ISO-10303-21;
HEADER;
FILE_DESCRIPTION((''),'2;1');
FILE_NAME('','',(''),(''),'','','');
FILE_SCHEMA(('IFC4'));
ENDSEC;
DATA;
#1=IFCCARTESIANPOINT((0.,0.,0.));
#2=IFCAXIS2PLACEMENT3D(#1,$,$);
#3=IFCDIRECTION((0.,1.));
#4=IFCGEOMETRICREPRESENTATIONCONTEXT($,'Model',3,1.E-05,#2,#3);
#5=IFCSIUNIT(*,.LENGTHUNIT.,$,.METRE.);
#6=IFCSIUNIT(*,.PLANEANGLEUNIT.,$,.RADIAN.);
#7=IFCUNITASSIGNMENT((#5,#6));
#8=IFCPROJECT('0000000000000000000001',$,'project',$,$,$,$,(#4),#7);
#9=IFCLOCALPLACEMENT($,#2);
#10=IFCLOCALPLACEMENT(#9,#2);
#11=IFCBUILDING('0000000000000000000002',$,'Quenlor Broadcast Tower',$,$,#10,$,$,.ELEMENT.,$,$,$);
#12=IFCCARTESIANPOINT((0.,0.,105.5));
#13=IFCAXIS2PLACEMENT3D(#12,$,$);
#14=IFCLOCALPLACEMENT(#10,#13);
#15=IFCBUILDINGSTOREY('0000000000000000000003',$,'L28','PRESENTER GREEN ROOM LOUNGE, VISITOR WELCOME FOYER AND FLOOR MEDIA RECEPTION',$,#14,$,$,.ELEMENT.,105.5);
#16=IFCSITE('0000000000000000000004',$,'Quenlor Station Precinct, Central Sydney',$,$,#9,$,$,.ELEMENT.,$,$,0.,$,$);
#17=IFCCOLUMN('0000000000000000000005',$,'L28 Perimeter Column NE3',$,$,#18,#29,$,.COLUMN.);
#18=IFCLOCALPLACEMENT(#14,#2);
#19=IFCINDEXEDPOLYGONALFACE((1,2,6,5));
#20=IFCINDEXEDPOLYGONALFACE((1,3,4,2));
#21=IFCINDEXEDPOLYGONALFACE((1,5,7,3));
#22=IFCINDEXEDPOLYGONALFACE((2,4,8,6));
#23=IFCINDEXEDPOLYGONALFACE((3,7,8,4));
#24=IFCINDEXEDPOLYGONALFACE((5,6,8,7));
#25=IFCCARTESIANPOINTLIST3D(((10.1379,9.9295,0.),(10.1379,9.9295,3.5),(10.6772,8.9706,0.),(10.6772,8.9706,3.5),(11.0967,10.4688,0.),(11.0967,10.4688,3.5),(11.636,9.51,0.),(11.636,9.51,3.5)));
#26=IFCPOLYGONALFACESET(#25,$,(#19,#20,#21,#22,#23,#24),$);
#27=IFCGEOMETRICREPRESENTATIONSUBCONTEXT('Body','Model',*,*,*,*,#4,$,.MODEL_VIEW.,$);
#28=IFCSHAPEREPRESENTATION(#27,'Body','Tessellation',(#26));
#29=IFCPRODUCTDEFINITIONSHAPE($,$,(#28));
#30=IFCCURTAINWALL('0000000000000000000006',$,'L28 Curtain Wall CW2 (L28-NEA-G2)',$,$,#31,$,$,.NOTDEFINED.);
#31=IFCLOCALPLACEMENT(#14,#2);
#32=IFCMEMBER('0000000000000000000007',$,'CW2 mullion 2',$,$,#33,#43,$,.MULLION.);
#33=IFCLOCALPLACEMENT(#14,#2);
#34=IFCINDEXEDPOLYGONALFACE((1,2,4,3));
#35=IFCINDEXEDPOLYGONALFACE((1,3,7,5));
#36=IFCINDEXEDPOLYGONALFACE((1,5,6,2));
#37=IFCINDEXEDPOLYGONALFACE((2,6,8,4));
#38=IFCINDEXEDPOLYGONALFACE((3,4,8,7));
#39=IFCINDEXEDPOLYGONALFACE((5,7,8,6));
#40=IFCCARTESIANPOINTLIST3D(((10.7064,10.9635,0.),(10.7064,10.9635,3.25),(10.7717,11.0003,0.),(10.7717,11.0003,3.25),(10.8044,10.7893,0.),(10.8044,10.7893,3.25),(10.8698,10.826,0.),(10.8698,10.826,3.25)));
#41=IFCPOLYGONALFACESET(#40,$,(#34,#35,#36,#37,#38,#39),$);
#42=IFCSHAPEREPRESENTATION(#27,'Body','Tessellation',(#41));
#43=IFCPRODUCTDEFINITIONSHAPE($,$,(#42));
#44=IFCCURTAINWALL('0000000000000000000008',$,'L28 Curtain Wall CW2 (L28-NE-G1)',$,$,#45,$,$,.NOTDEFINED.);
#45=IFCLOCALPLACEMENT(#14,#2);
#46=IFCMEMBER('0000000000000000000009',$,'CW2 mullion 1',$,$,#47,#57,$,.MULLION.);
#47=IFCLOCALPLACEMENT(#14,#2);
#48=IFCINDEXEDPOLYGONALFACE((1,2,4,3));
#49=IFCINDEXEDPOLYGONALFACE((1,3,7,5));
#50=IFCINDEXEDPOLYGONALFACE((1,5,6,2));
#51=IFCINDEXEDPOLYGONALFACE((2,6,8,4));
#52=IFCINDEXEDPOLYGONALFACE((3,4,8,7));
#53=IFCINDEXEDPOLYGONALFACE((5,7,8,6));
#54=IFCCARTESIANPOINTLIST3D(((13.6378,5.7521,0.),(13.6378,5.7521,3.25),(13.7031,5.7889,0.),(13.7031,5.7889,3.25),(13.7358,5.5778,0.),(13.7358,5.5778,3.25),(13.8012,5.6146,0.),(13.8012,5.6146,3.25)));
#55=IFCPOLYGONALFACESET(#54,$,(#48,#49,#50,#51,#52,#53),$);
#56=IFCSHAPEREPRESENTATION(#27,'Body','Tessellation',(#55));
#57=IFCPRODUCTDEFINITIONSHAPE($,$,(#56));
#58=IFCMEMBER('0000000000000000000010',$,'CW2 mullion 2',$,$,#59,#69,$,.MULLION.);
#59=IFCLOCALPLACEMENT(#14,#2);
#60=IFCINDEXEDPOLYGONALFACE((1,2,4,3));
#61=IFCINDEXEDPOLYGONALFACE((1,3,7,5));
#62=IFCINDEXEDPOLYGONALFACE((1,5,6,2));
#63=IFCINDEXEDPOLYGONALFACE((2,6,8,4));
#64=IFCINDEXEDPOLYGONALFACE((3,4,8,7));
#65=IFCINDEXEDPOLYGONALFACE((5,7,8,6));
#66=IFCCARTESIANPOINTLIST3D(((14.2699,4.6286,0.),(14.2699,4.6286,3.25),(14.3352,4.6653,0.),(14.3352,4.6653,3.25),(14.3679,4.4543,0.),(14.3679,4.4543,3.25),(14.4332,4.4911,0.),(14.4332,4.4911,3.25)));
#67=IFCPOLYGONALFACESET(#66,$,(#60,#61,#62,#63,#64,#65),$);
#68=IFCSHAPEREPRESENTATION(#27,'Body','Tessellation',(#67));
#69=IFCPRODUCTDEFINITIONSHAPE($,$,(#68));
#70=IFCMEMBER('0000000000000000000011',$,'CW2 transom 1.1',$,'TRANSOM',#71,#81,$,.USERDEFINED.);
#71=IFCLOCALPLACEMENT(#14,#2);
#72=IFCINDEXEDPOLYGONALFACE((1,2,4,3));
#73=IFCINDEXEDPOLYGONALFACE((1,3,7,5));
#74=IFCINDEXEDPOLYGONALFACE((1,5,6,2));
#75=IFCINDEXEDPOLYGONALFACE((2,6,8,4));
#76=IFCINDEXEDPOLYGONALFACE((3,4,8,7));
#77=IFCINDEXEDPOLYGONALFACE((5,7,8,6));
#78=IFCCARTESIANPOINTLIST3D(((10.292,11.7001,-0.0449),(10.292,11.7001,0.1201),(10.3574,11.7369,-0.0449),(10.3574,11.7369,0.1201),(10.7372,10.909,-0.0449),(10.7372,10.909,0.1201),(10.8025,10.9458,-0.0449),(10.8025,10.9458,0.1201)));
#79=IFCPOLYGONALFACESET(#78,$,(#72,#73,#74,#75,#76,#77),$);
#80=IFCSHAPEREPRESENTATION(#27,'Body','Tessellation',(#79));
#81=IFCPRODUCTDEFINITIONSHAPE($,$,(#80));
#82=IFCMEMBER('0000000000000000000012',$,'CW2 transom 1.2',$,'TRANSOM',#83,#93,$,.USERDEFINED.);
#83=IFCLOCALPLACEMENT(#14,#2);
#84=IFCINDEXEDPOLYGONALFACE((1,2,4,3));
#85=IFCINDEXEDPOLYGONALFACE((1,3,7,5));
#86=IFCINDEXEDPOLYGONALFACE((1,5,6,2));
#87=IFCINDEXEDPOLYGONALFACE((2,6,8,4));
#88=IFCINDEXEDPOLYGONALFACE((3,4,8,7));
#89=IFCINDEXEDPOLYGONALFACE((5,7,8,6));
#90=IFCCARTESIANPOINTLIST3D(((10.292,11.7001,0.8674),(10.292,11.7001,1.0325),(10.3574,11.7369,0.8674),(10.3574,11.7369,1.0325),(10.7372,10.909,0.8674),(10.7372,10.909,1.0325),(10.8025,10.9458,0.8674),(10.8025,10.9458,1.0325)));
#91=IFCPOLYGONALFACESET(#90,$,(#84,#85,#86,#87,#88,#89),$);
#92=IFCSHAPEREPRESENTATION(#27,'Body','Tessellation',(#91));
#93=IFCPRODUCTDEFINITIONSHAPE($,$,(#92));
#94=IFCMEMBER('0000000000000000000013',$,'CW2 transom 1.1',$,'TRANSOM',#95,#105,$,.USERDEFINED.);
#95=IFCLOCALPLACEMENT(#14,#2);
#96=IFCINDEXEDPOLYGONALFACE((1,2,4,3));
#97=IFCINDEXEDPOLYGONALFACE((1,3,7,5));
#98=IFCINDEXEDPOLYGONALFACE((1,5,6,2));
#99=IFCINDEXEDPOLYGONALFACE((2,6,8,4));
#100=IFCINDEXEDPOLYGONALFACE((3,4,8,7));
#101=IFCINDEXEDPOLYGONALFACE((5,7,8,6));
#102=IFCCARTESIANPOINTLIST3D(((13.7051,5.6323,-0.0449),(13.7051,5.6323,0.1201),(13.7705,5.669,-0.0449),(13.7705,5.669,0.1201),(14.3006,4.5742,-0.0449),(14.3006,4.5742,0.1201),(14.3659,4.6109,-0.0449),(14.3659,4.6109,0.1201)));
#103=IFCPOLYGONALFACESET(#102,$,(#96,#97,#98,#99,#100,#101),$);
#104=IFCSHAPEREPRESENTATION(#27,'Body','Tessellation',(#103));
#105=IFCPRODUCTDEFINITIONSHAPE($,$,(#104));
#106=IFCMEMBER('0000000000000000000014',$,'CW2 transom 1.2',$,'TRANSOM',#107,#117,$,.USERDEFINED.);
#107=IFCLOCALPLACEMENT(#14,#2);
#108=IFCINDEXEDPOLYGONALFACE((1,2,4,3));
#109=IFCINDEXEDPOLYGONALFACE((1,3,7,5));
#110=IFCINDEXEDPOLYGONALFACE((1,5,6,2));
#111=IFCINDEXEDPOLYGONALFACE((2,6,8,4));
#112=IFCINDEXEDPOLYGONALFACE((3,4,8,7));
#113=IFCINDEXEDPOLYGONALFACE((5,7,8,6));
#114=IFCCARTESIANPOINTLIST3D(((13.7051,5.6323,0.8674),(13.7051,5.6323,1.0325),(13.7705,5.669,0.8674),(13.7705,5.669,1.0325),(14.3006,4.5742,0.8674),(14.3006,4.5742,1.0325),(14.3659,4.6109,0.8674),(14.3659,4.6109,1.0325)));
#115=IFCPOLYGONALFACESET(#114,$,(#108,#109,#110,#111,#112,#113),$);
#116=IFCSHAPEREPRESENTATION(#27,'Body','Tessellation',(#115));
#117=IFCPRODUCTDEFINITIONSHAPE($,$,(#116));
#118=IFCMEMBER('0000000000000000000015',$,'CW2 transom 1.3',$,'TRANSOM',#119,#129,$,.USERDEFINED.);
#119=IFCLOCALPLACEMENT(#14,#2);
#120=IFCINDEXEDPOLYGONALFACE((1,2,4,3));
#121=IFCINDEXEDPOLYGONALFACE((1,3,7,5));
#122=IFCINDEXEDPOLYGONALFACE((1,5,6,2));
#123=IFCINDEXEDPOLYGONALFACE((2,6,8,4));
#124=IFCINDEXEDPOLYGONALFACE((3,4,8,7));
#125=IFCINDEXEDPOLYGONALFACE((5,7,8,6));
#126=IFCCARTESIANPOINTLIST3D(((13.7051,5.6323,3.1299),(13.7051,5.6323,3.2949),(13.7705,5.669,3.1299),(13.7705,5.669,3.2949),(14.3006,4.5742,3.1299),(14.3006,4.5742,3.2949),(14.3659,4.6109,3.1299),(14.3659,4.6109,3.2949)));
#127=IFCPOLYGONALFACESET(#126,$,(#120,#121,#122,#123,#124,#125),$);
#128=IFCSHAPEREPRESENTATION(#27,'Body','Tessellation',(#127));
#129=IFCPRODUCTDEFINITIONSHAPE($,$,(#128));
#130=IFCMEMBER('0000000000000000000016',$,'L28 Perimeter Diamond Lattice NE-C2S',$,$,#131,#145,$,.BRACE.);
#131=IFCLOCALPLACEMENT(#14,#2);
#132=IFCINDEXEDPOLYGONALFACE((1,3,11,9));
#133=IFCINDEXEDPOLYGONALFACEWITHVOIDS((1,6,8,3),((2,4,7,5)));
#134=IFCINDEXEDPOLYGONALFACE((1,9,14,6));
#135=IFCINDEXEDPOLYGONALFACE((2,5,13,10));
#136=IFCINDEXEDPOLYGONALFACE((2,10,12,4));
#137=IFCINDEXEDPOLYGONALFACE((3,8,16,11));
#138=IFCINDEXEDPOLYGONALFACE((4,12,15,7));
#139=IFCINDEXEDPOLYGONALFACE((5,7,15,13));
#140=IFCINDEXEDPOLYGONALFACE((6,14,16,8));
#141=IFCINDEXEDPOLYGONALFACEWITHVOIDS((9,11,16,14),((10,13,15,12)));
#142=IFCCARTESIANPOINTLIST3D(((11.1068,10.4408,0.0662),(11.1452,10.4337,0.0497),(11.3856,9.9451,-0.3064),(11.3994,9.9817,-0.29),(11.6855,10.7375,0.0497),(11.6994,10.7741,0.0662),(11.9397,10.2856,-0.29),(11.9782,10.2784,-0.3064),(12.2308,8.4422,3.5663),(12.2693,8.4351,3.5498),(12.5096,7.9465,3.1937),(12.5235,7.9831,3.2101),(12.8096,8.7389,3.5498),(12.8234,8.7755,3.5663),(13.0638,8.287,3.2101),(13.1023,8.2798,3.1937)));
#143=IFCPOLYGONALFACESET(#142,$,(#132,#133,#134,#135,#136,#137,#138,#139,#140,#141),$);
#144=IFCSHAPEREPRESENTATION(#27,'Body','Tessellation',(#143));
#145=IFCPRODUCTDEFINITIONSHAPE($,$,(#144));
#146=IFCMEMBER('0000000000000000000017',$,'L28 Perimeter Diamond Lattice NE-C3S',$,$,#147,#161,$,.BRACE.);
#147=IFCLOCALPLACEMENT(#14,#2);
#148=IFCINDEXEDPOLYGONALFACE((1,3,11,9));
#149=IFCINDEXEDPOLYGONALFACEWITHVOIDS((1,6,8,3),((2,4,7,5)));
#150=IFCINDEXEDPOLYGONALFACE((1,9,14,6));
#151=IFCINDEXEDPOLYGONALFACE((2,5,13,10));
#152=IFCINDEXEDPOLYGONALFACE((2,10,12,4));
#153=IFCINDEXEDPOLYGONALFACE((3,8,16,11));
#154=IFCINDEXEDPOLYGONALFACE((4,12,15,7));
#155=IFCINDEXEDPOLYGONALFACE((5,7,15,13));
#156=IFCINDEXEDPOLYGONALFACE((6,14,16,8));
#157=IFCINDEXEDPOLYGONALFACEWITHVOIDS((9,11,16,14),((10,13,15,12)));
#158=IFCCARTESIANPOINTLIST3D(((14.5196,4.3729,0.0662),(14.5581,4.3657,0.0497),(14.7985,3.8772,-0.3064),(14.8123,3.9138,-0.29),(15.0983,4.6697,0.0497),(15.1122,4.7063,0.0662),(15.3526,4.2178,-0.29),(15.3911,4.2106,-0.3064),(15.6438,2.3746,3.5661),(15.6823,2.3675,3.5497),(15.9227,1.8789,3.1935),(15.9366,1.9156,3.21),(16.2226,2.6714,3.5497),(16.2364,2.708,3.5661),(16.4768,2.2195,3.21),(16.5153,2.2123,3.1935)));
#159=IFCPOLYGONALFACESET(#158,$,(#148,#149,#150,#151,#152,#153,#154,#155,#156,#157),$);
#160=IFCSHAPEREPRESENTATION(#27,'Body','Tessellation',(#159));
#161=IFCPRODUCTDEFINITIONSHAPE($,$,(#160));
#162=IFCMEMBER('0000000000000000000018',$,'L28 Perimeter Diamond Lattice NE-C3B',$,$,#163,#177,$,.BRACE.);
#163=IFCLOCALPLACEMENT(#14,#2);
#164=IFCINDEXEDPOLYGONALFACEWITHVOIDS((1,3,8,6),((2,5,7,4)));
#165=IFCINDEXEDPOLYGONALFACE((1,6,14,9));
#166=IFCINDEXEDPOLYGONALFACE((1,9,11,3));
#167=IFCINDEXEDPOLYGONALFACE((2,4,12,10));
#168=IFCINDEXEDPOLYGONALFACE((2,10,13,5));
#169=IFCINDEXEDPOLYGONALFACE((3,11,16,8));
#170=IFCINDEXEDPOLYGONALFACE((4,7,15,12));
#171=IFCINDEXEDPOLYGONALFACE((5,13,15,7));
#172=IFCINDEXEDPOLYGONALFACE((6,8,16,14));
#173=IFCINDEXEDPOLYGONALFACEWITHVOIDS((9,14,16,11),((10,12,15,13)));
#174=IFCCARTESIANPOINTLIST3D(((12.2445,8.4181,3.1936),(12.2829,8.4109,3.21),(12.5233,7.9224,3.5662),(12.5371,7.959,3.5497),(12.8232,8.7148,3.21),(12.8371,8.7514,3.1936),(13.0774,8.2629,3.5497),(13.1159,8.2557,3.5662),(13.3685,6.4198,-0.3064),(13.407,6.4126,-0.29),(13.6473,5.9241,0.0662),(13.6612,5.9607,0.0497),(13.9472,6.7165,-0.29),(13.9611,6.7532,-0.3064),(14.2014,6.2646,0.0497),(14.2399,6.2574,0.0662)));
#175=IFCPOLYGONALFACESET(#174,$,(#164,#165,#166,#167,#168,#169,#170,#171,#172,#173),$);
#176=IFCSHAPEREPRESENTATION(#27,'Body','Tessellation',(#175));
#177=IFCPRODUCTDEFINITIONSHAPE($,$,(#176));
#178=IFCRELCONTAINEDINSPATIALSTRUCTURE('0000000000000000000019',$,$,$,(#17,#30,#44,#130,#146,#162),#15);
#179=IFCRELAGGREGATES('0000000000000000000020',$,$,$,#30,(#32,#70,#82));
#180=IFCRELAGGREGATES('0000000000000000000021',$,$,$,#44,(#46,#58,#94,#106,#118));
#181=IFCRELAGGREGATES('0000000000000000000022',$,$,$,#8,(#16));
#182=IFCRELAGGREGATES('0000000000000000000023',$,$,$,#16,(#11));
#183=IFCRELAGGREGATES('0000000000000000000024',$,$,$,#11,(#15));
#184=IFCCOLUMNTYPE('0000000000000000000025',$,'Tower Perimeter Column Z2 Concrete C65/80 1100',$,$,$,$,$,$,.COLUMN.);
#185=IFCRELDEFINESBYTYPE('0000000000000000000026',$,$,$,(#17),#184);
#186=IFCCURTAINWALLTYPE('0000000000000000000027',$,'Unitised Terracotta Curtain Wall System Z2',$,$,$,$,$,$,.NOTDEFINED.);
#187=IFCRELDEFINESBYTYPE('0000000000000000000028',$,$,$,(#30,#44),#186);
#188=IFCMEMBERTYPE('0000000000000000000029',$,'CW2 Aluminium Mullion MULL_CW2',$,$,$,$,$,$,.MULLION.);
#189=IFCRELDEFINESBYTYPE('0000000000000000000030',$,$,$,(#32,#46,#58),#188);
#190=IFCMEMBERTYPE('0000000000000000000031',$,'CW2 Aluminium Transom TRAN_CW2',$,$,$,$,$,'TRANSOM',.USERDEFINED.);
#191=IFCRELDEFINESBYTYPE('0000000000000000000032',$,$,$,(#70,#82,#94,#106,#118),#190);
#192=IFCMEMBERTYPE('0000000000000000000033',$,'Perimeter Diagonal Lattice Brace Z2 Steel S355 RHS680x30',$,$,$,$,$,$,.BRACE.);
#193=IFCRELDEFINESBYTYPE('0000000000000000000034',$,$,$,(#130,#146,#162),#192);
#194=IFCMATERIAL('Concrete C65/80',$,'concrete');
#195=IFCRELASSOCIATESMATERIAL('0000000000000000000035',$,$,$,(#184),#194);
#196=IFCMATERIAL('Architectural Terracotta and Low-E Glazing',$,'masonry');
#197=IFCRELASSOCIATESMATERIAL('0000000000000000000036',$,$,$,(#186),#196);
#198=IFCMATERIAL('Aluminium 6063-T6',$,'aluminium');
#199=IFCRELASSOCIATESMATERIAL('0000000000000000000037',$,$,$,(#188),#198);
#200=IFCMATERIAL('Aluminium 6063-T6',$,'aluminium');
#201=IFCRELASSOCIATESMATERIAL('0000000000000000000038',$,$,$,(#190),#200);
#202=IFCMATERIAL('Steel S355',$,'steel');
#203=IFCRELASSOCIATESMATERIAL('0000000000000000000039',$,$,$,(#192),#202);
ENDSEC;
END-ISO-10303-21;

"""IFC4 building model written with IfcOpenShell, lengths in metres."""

from ifc_helpers import new_model, si_unit, direction, frame, origin, origin_2d, place, context, subcontext, project, spatial, rectangle, hollow_rectangle, extrude, material, material_profile, profile_set, type_object, element, aggregate, save


model = new_model("IFC4")

# Units and contexts
model_context = context("Model", 3, precision=1e-05, world=origin(), true_north=direction((0.0, 1.0)))
body_context = subcontext(model_context, "Body", "Model", "MODEL_VIEW")
ifc_project = project(units=[si_unit("LENGTHUNIT", "METRE"), si_unit("PLANEANGLEUNIT", "RADIAN")], contexts=[model_context])

# Site, building, storey
site_placement = place(None, origin())
site = spatial("IfcSite", under=ifc_project, at=site_placement, Name="Quenlor Station Precinct, Central Sydney", CompositionType="ELEMENT", RefElevation=0.0)
building_placement = place(site_placement, origin())
building = spatial("IfcBuilding", under=site, at=building_placement, Name="Quenlor Broadcast Tower", CompositionType="ELEMENT")
storey_placement = place(building_placement, frame((0.0, 0.0, 105.5)))
storey = spatial("IfcBuildingStorey", under=building, at=storey_placement, Name="L28", Description="PRESENTER GREEN ROOM LOUNGE, VISITOR WELCOME FOYER AND FLOOR MEDIA RECEPTION", CompositionType="ELEMENT", Elevation=105.5)

# Column
ifc_material_1 = material(Name="Concrete C65/80", Category="concrete")
ifc_material_profile_1 = material_profile(ifc_material_1, rectangle(XDim=1.1001, YDim=1.1001, at=origin_2d()))
ifc_profile_set_1 = profile_set([ifc_material_profile_1], Name="Concrete C65/80 RC1100x1100")
column_type = type_object("IfcColumnType", Name="Tower Perimeter Column Z2 Concrete C65/80 1100", PredefinedType="COLUMN", material=ifc_profile_set_1)
column_placement = place(storey_placement, frame((10.887, 9.7197, 0.0), z_axis=(0.0, 0.0, 1.0), x_axis=(0.871575, 0.490262, 0.0)))
element("IfcColumn", 1, at=column_placement, inside=storey, type_object=column_type, Name="L28 Perimeter Column NE3", PredefinedType="COLUMN", context=body_context, shape_type="SweptSolid", body=[
    extrude(rectangle(XDim=1.1001, YDim=1.1001, at=origin_2d()), origin(), (0.0, 0.0, 1.0), 3.5),
])

# Curtain wall, member
ifc_material_2 = material(Name="Architectural Terracotta and Low-E Glazing", Category="masonry")
curtain_wall_type = type_object("IfcCurtainWallType", Name="Unitised Terracotta Curtain Wall System Z2", PredefinedType="NOTDEFINED", material=ifc_material_2)
curtain_wall_1_placement = place(storey_placement, origin())
curtain_wall_1 = element("IfcCurtainWall", 2, at=curtain_wall_1_placement, inside=storey, type_object=curtain_wall_type, Name="L28 Curtain Wall CW2 (L28-NEA-G2)", PredefinedType="NOTDEFINED")
ifc_material_3 = material(Name="Aluminium 6063-T6", Category="aluminium")
ifc_material_profile_2 = material_profile(ifc_material_3, rectangle(XDim=0.075, YDim=0.2, at=origin_2d()))
ifc_profile_set_2 = profile_set([ifc_material_profile_2], Name="Aluminium 6063-T6 MULL75x200")
member_type_1 = type_object("IfcMemberType", Name="CW2 Aluminium Mullion MULL_CW2", PredefinedType="MULLION", material=ifc_profile_set_2)
member_1_placement = place(storey_placement, frame((10.7881, 10.8948, 0.0), z_axis=(0.0, 0.0, 1.0), x_axis=(0.871581, 0.490252, 0.0)))
member_1 = element("IfcMember", 3, at=member_1_placement, type_object=member_type_1, Name="CW2 mullion 2", PredefinedType="MULLION", context=body_context, shape_type="SweptSolid", body=[
    extrude(rectangle(XDim=0.075, YDim=0.2, at=origin_2d()), origin(), (0.0, 0.0, 1.0), 3.25),
])

# Curtain wall, members
curtain_wall_2_placement = place(storey_placement, origin())
curtain_wall_2 = element("IfcCurtainWall", 4, at=curtain_wall_2_placement, inside=storey, type_object=curtain_wall_type, Name="L28 Curtain Wall CW2 (L28-NE-G1)", PredefinedType="NOTDEFINED")
member_2_placement = place(storey_placement, frame((13.7195, 5.6833, 0.0), z_axis=(0.0, 0.0, 1.0), x_axis=(0.871579, 0.490254, 0.0)))
member_2 = element("IfcMember", 5, at=member_2_placement, type_object=member_type_1, Name="CW2 mullion 1", PredefinedType="MULLION", context=body_context, shape_type="SweptSolid", body=[
    extrude(rectangle(XDim=0.075, YDim=0.2, at=origin_2d()), origin(), (0.0, 0.0, 1.0), 3.25),
])
member_3_placement = place(storey_placement, frame((14.3516, 4.5598, 0.0), z_axis=(0.0, 0.0, 1.0), x_axis=(0.871579, 0.490254, 0.0)))
member_3 = element("IfcMember", 6, at=member_3_placement, type_object=member_type_1, Name="CW2 mullion 2", PredefinedType="MULLION", context=body_context, shape_type="SweptSolid", body=[
    extrude(rectangle(XDim=0.075, YDim=0.2, at=origin_2d()), origin(), (0.0, 0.0, 1.0), 3.25),
])

# Members
ifc_material_4 = material(Name="Aluminium 6063-T6", Category="aluminium")
ifc_material_profile_3 = material_profile(ifc_material_4, rectangle(XDim=0.075, YDim=0.165, at=origin_2d()))
ifc_profile_set_3 = profile_set([ifc_material_profile_3], Name="Aluminium 6063-T6 TRAN75x165")
member_type_2 = type_object("IfcMemberType", Name="CW2 Aluminium Transom TRAN_CW2", ElementType="TRANSOM", PredefinedType="USERDEFINED", material=ifc_profile_set_3)
member_4_placement = place(storey_placement, frame((10.3247, 11.7185, 0.0376), z_axis=(0.490363, -0.871518, 0.0), x_axis=(0.871518, 0.490363, 0.0)))
member_4 = element("IfcMember", 7, at=member_4_placement, type_object=member_type_2, Name="CW2 transom 1.1", ObjectType="TRANSOM", PredefinedType="USERDEFINED", context=body_context, shape_type="SweptSolid", body=[
    extrude(rectangle(XDim=0.075, YDim=0.165, at=origin_2d()), origin(), (0.0, 0.0, 1.0), 0.9077),
])
member_5_placement = place(storey_placement, frame((10.3247, 11.7185, 0.95), z_axis=(0.490363, -0.871518, 0.0), x_axis=(0.871518, 0.490363, 0.0)))
member_5 = element("IfcMember", 8, at=member_5_placement, type_object=member_type_2, Name="CW2 transom 1.2", ObjectType="TRANSOM", PredefinedType="USERDEFINED", context=body_context, shape_type="SweptSolid", body=[
    extrude(rectangle(XDim=0.075, YDim=0.165, at=origin_2d()), origin(), (0.0, 0.0, 1.0), 0.9077),
])
member_6_placement = place(storey_placement, frame((13.7378, 5.6506, 0.0376), z_axis=(0.490433, -0.871479, 0.0), x_axis=(0.871479, 0.490433, 0.0)))
member_6 = element("IfcMember", 9, at=member_6_placement, type_object=member_type_2, Name="CW2 transom 1.1", ObjectType="TRANSOM", PredefinedType="USERDEFINED", context=body_context, shape_type="SweptSolid", body=[
    extrude(rectangle(XDim=0.075, YDim=0.165, at=origin_2d()), origin(), (0.0, 0.0, 1.0), 1.2141),
])
member_7_placement = place(storey_placement, frame((13.7378, 5.6506, 0.95), z_axis=(0.490433, -0.871479, 0.0), x_axis=(0.871479, 0.490433, 0.0)))
member_7 = element("IfcMember", 10, at=member_7_placement, type_object=member_type_2, Name="CW2 transom 1.2", ObjectType="TRANSOM", PredefinedType="USERDEFINED", context=body_context, shape_type="SweptSolid", body=[
    extrude(rectangle(XDim=0.075, YDim=0.165, at=origin_2d()), origin(), (0.0, 0.0, 1.0), 1.2141),
])
member_8_placement = place(storey_placement, frame((13.7378, 5.6506, 3.2124), z_axis=(0.490433, -0.871479, 0.0), x_axis=(0.871479, 0.490433, 0.0)))
member_8 = element("IfcMember", 11, at=member_8_placement, type_object=member_type_2, Name="CW2 transom 1.3", ObjectType="TRANSOM", PredefinedType="USERDEFINED", context=body_context, shape_type="SweptSolid", body=[
    extrude(rectangle(XDim=0.075, YDim=0.165, at=origin_2d()), origin(), (0.0, 0.0, 1.0), 1.2141),
])

# Members
ifc_material_5 = material(Name="Steel S355", Category="steel")
ifc_material_profile_4 = material_profile(ifc_material_5, hollow_rectangle(XDim=0.6799, YDim=0.6799, WallThickness=0.03, at=origin_2d()))
ifc_profile_set_4 = profile_set([ifc_material_profile_4], Name="Steel S355 RHS680x680x30")
member_type_3 = type_object("IfcMemberType", Name="Perimeter Diagonal Lattice Brace Z2 Steel S355 RHS680x30", PredefinedType="BRACE", material=ifc_profile_set_4)
member_9_placement = place(storey_placement, frame((11.5425, 10.3596, -0.1201), z_axis=(0.268635, -0.477638, 0.836479), x_axis=(0.871604, 0.490211, 0.0)))
element("IfcMember", 12, at=member_9_placement, inside=storey, type_object=member_type_3, Name="L28 Perimeter Diamond Lattice NE-C2S", PredefinedType="BRACE", context=body_context, shape_type="SweptSolid", body=[
    extrude(hollow_rectangle(XDim=0.6799, YDim=0.6799, WallThickness=0.03, at=origin_2d()), origin(), (0.0, 0.0, 1.0), 4.1843),
])
for number, where, z_axis, x_axis, name in (
    (13, (14.9553, 4.2917, -0.1201), (0.268697, -0.477585, 0.836489), (0.871533, 0.490337, 0.0), "L28 Perimeter Diamond Lattice NE-C3S"),
    (14, (13.8042, 6.3386, -0.1201), (-0.268642, 0.477593, 0.836502), (-0.871578, -0.490256, 0.0), "L28 Perimeter Diamond Lattice NE-C3B"),
):
    element("IfcMember", number, at=place(storey_placement, frame(where, z_axis=z_axis, x_axis=x_axis)), inside=storey, type_object=member_type_3, Name=name, PredefinedType="BRACE", context=body_context, shape_type="SweptSolid", body=[
        extrude(hollow_rectangle(XDim=0.6799, YDim=0.6799, WallThickness=0.03, at=origin_2d()), origin(), (0.0, 0.0, 1.0), 4.1841),
    ])

aggregate(curtain_wall_1, [member_1, member_4, member_5])
aggregate(curtain_wall_2, [member_2, member_3, member_6, member_7, member_8])

save(model, "model.ifc")
